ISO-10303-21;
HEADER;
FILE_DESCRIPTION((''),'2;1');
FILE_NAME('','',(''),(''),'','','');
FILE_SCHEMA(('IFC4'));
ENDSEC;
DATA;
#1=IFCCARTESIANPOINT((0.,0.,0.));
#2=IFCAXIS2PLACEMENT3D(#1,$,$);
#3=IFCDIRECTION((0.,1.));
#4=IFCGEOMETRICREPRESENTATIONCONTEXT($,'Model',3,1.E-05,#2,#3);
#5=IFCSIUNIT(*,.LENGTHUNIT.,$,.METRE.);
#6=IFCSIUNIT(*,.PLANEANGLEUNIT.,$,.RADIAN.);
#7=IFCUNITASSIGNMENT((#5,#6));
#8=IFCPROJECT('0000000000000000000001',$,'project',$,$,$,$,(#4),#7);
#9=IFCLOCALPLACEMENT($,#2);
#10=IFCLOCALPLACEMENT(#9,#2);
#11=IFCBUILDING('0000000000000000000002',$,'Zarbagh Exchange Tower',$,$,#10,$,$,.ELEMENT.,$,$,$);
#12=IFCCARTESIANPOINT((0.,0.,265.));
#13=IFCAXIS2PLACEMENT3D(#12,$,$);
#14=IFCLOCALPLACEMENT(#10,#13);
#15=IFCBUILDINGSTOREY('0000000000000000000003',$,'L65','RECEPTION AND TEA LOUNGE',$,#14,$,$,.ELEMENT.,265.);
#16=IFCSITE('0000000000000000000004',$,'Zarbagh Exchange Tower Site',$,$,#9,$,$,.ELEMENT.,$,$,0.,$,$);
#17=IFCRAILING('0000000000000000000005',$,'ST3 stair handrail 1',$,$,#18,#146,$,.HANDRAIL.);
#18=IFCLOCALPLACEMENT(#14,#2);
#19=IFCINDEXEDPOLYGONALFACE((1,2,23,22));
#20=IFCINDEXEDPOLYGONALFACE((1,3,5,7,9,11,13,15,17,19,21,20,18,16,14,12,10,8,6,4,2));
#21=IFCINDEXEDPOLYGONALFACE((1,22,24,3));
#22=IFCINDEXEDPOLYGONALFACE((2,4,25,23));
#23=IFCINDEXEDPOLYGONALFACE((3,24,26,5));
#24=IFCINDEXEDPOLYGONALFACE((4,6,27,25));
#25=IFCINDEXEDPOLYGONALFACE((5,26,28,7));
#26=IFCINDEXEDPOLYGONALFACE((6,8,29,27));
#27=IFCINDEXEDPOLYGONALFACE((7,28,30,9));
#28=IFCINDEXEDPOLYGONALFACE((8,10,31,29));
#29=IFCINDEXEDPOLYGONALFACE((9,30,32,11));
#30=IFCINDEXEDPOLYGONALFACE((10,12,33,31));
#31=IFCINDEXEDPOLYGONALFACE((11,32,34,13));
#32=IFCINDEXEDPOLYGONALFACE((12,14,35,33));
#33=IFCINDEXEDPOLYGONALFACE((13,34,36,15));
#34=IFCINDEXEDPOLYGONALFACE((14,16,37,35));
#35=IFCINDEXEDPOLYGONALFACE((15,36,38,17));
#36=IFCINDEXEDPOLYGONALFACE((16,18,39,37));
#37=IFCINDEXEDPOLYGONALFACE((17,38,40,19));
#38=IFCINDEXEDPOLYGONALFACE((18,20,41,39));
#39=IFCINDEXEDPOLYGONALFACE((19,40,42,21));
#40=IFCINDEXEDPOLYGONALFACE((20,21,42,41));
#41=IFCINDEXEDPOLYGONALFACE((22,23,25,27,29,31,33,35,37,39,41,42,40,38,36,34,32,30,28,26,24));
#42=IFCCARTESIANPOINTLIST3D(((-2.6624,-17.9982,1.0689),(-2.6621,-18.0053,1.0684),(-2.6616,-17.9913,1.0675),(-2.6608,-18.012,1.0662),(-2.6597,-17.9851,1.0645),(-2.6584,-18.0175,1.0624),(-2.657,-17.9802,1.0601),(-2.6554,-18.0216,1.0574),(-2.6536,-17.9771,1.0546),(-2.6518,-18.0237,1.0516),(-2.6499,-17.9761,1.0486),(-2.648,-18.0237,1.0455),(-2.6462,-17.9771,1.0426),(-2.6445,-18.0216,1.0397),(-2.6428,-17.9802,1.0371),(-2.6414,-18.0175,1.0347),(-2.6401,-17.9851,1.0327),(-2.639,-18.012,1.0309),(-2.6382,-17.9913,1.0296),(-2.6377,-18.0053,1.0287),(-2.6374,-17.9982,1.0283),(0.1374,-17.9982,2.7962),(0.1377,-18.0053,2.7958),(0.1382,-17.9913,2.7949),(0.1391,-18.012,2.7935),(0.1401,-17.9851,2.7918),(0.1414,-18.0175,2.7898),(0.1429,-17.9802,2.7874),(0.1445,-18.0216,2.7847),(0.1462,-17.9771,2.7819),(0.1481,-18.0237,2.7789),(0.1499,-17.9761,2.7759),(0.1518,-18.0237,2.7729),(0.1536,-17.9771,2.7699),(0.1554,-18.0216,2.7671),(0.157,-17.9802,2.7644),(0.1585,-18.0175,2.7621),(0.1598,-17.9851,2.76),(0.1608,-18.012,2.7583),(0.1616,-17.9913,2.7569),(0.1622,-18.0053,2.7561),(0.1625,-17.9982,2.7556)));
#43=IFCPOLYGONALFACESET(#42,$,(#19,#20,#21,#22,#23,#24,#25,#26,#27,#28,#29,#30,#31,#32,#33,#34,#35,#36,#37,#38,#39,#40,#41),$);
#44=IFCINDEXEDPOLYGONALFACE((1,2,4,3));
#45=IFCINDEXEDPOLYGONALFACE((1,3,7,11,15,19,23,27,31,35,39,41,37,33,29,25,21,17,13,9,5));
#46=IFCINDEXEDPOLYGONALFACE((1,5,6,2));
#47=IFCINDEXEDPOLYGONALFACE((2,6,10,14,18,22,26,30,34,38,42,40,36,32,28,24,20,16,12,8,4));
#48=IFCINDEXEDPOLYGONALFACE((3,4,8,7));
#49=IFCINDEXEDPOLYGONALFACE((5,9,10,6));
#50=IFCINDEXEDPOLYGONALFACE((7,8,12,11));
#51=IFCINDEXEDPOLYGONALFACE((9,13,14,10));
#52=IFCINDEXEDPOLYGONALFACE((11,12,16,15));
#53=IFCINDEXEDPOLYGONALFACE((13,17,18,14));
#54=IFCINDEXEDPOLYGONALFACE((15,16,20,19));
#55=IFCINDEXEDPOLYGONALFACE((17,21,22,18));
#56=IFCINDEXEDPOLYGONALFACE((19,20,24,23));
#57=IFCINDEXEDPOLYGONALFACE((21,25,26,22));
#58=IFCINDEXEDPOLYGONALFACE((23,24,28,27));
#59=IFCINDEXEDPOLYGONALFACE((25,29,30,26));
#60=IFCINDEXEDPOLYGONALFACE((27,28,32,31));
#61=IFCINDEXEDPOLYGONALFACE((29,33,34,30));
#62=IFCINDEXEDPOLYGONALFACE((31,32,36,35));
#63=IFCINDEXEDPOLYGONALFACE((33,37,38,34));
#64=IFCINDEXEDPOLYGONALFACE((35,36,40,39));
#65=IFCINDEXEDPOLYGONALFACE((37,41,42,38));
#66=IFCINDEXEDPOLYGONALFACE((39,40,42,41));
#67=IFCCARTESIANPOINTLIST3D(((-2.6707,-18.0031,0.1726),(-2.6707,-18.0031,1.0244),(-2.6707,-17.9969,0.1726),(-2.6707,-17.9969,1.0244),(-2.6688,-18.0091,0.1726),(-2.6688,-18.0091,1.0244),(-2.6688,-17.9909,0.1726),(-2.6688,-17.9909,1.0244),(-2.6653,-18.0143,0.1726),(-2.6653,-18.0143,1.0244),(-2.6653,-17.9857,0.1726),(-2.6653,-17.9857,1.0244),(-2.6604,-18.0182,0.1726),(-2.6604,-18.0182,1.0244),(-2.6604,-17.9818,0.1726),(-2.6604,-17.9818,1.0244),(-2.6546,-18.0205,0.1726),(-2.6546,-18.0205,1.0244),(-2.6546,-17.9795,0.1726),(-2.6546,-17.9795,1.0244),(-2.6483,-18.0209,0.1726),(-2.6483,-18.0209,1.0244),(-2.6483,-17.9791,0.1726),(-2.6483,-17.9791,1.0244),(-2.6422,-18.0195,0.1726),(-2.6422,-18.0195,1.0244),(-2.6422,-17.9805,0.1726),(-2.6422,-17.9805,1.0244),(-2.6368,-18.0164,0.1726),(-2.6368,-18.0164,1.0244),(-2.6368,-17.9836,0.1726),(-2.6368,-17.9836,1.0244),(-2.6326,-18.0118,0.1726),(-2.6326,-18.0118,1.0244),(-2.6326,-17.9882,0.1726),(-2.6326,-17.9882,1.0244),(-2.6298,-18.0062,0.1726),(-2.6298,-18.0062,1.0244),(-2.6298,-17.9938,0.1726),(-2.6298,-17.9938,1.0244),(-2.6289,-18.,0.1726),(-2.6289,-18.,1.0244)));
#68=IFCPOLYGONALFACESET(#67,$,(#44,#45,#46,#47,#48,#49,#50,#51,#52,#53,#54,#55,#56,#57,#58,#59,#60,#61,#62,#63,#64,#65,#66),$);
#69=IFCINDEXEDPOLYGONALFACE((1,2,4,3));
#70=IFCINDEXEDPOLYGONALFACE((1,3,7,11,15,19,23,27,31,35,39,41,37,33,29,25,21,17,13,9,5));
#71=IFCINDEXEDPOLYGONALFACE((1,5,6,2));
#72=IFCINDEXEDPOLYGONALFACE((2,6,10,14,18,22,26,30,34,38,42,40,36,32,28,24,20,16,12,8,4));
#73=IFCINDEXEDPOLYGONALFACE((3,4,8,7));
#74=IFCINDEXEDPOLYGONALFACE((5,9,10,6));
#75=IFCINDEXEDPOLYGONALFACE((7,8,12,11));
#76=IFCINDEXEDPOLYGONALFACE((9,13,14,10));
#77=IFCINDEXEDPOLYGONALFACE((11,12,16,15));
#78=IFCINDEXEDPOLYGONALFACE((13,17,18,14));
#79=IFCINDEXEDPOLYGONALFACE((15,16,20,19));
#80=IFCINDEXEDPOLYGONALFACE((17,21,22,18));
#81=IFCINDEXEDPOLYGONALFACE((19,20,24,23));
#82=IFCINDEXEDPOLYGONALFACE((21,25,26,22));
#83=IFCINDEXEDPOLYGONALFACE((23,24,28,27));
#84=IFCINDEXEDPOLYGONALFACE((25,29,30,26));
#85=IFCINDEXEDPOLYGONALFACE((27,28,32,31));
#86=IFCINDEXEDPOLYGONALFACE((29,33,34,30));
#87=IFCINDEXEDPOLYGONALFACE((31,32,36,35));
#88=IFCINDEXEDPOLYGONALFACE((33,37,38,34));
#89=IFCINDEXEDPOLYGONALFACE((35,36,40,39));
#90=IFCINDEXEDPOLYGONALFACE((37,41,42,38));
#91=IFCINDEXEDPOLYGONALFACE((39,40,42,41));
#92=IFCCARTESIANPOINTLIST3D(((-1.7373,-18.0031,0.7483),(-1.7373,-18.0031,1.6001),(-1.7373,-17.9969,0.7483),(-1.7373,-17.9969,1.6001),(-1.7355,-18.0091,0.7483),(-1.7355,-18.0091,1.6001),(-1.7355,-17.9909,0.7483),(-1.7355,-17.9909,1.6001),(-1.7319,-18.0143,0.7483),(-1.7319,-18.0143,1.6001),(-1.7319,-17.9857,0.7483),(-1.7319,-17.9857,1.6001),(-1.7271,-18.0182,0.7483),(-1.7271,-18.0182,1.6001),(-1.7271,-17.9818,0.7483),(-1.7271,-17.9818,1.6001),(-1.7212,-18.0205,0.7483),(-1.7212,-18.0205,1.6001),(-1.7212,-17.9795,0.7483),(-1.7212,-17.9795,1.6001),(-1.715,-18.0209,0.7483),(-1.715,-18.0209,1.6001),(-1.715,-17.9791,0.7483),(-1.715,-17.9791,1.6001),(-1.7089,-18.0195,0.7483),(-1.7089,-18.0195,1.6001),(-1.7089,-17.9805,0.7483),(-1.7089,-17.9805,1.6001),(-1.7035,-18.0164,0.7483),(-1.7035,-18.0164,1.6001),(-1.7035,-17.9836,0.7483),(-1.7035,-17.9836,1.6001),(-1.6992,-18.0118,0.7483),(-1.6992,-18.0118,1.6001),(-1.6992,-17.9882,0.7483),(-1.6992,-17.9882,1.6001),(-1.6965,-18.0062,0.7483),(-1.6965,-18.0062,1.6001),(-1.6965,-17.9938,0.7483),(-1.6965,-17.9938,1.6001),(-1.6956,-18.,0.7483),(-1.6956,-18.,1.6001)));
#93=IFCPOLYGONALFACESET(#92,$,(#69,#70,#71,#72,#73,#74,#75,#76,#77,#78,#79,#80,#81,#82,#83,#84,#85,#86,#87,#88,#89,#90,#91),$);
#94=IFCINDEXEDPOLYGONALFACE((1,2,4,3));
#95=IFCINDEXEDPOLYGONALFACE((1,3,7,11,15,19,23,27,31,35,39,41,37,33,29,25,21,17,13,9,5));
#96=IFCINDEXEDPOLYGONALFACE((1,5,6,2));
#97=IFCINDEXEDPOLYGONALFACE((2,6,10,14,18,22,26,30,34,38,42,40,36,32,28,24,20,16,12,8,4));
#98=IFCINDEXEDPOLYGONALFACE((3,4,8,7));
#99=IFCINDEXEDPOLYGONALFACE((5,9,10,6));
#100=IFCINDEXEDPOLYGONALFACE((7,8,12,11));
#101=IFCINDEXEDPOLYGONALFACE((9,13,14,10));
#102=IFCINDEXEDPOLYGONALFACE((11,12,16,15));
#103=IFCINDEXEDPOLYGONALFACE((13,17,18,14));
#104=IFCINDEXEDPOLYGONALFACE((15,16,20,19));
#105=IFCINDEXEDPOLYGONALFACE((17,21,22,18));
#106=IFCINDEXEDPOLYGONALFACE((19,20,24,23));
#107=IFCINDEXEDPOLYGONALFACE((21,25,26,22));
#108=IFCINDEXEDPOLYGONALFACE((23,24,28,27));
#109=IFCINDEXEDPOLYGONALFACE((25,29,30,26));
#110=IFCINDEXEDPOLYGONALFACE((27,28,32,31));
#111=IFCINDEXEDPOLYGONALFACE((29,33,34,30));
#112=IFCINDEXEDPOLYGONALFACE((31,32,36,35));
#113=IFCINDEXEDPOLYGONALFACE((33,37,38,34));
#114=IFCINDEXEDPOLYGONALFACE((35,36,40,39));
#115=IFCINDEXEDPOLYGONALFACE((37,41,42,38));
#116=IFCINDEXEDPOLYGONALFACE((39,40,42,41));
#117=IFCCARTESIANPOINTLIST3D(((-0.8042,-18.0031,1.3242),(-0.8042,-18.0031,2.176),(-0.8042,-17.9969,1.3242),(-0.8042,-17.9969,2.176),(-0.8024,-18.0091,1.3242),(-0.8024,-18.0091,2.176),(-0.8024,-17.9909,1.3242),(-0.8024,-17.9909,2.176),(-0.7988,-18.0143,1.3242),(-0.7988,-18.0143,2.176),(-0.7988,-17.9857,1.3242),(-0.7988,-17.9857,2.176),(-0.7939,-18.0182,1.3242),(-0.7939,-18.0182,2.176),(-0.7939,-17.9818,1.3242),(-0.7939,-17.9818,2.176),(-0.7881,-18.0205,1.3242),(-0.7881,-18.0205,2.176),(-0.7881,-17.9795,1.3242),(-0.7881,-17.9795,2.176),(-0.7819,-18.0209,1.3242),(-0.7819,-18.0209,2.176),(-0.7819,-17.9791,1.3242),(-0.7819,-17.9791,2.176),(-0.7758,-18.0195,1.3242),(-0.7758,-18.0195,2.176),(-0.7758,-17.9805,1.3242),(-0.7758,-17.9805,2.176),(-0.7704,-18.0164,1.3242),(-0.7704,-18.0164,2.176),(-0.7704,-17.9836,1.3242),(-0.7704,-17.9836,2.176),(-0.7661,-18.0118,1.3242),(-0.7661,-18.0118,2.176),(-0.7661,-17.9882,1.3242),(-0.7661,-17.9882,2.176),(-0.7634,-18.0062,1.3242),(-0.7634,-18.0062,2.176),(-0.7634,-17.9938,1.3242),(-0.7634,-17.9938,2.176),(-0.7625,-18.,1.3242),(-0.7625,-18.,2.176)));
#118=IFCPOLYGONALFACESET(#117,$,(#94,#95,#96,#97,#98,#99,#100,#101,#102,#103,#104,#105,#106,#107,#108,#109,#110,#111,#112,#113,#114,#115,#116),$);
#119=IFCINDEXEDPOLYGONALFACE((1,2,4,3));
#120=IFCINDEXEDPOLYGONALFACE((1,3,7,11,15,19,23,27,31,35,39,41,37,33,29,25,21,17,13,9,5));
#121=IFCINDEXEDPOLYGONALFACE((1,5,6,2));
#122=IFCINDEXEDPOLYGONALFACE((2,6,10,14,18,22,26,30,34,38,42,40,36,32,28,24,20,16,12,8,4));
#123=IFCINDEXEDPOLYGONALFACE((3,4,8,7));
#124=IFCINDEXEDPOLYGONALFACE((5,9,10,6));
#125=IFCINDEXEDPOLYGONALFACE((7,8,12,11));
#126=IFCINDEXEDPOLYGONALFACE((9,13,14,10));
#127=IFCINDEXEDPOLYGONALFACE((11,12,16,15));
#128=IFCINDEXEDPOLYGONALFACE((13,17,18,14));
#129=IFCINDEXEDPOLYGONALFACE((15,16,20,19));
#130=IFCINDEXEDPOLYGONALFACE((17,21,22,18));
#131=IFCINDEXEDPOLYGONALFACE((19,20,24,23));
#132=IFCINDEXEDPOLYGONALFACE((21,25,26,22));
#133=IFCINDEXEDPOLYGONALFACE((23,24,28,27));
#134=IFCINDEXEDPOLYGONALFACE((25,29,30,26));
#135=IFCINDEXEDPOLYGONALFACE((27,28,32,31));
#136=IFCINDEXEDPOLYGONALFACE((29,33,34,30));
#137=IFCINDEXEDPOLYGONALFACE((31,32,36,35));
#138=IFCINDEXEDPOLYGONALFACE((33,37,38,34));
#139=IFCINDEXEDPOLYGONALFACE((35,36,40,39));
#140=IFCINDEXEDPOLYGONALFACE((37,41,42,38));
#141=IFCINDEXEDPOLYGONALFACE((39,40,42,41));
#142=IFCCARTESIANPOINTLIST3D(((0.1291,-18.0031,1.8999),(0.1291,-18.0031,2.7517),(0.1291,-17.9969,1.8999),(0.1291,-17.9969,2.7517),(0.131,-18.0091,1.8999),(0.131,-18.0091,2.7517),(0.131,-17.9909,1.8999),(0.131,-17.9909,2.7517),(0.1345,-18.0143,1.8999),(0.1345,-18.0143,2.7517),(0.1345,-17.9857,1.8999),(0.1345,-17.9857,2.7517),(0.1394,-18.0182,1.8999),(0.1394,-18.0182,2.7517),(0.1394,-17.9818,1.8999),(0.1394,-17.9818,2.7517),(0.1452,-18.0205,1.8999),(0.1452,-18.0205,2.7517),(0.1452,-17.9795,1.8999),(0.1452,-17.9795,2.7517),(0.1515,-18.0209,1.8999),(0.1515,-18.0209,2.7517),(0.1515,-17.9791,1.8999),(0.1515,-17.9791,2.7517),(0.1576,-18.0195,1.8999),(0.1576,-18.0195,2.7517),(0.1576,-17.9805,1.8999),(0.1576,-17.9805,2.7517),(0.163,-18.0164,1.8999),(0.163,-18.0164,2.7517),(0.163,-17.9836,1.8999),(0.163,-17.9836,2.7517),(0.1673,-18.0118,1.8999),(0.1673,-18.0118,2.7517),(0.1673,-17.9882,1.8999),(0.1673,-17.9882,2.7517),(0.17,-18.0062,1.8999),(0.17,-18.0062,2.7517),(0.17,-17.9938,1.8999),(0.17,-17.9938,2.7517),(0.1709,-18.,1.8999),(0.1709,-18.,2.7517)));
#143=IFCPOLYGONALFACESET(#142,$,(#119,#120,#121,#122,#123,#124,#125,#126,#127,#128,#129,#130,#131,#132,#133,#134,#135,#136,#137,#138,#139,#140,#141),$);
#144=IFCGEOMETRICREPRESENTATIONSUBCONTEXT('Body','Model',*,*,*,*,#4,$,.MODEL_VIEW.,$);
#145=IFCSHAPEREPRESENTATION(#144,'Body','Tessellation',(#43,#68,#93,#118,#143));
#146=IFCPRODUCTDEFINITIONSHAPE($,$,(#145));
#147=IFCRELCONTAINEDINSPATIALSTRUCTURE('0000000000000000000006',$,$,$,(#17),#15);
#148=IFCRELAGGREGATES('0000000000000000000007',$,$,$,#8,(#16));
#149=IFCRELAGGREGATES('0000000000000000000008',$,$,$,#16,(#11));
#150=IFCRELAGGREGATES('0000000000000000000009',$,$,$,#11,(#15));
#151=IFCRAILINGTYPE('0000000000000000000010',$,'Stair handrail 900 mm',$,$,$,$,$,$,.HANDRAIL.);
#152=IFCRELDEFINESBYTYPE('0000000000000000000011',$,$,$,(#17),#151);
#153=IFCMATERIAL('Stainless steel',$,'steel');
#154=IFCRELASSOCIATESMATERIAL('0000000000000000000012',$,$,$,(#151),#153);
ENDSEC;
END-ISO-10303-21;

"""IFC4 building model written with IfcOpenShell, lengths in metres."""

from ifc_helpers import new_model, si_unit, direction, frame, origin, origin_2d, place, context, subcontext, project, spatial, circle, extrude, material, type_object, element, save


model = new_model("IFC4")

# Units and contexts
model_context = context("Model", 3, precision=1e-05, world=origin(), true_north=direction((0.0, 1.0)))
body_context = subcontext(model_context, "Body", "Model", "MODEL_VIEW")
ifc_project = project(units=[si_unit("LENGTHUNIT", "METRE"), si_unit("PLANEANGLEUNIT", "RADIAN")], contexts=[model_context])

# Site, building, storey
site_placement = place(None, origin())
site = spatial("IfcSite", under=ifc_project, at=site_placement, Name="Zarbagh Exchange Tower Site", CompositionType="ELEMENT", RefElevation=0.0)
building_placement = place(site_placement, origin())
building = spatial("IfcBuilding", under=site, at=building_placement, Name="Zarbagh Exchange Tower", CompositionType="ELEMENT")
storey_placement = place(building_placement, frame((0.0, 0.0, 265.0)))
storey = spatial("IfcBuildingStorey", under=building, at=storey_placement, Name="L65", Description="RECEPTION AND TEA LOUNGE", CompositionType="ELEMENT", Elevation=265.0)

# Railing
ifc_material_1 = material(Name="Stainless steel", Category="steel")
railing_type = type_object("IfcRailingType", Name="Stair handrail 900 mm", PredefinedType="HANDRAIL", material=ifc_material_1)
railing_placement = place(storey_placement, frame((-2.6499, -18.0, 0.1726)))
element("IfcRailing", 1, at=railing_placement, inside=storey, type_object=railing_type, Name="ST3 stair handrail 1", PredefinedType="HANDRAIL", context=body_context, shape_type="SweptSolid", body=[
    extrude(circle(Radius=0.0239, at=origin_2d()), frame((0.0, 0.0, 0.876), z_axis=(0.851069, 0.0, 0.525054), x_axis=(0.0, 1.0, 0.0)), (0.0, 0.0, 1.0), 3.2898),
    extrude(circle(Radius=0.021, at=origin_2d()), origin(), (0.0, 0.0, 1.0), 0.8518),
    extrude(circle(Radius=0.021, at=origin_2d()), frame((0.9333, 0.0, 0.5757)), (0.0, 0.0, 1.0), 0.8518),
    extrude(circle(Radius=0.021, at=origin_2d()), frame((1.8665, 0.0, 1.1516)), (0.0, 0.0, 1.0), 0.8518),
    extrude(circle(Radius=0.021, at=origin_2d()), frame((2.7998, 0.0, 1.7273)), (0.0, 0.0, 1.0), 0.8518),
])

save(model, "model.ifc")
